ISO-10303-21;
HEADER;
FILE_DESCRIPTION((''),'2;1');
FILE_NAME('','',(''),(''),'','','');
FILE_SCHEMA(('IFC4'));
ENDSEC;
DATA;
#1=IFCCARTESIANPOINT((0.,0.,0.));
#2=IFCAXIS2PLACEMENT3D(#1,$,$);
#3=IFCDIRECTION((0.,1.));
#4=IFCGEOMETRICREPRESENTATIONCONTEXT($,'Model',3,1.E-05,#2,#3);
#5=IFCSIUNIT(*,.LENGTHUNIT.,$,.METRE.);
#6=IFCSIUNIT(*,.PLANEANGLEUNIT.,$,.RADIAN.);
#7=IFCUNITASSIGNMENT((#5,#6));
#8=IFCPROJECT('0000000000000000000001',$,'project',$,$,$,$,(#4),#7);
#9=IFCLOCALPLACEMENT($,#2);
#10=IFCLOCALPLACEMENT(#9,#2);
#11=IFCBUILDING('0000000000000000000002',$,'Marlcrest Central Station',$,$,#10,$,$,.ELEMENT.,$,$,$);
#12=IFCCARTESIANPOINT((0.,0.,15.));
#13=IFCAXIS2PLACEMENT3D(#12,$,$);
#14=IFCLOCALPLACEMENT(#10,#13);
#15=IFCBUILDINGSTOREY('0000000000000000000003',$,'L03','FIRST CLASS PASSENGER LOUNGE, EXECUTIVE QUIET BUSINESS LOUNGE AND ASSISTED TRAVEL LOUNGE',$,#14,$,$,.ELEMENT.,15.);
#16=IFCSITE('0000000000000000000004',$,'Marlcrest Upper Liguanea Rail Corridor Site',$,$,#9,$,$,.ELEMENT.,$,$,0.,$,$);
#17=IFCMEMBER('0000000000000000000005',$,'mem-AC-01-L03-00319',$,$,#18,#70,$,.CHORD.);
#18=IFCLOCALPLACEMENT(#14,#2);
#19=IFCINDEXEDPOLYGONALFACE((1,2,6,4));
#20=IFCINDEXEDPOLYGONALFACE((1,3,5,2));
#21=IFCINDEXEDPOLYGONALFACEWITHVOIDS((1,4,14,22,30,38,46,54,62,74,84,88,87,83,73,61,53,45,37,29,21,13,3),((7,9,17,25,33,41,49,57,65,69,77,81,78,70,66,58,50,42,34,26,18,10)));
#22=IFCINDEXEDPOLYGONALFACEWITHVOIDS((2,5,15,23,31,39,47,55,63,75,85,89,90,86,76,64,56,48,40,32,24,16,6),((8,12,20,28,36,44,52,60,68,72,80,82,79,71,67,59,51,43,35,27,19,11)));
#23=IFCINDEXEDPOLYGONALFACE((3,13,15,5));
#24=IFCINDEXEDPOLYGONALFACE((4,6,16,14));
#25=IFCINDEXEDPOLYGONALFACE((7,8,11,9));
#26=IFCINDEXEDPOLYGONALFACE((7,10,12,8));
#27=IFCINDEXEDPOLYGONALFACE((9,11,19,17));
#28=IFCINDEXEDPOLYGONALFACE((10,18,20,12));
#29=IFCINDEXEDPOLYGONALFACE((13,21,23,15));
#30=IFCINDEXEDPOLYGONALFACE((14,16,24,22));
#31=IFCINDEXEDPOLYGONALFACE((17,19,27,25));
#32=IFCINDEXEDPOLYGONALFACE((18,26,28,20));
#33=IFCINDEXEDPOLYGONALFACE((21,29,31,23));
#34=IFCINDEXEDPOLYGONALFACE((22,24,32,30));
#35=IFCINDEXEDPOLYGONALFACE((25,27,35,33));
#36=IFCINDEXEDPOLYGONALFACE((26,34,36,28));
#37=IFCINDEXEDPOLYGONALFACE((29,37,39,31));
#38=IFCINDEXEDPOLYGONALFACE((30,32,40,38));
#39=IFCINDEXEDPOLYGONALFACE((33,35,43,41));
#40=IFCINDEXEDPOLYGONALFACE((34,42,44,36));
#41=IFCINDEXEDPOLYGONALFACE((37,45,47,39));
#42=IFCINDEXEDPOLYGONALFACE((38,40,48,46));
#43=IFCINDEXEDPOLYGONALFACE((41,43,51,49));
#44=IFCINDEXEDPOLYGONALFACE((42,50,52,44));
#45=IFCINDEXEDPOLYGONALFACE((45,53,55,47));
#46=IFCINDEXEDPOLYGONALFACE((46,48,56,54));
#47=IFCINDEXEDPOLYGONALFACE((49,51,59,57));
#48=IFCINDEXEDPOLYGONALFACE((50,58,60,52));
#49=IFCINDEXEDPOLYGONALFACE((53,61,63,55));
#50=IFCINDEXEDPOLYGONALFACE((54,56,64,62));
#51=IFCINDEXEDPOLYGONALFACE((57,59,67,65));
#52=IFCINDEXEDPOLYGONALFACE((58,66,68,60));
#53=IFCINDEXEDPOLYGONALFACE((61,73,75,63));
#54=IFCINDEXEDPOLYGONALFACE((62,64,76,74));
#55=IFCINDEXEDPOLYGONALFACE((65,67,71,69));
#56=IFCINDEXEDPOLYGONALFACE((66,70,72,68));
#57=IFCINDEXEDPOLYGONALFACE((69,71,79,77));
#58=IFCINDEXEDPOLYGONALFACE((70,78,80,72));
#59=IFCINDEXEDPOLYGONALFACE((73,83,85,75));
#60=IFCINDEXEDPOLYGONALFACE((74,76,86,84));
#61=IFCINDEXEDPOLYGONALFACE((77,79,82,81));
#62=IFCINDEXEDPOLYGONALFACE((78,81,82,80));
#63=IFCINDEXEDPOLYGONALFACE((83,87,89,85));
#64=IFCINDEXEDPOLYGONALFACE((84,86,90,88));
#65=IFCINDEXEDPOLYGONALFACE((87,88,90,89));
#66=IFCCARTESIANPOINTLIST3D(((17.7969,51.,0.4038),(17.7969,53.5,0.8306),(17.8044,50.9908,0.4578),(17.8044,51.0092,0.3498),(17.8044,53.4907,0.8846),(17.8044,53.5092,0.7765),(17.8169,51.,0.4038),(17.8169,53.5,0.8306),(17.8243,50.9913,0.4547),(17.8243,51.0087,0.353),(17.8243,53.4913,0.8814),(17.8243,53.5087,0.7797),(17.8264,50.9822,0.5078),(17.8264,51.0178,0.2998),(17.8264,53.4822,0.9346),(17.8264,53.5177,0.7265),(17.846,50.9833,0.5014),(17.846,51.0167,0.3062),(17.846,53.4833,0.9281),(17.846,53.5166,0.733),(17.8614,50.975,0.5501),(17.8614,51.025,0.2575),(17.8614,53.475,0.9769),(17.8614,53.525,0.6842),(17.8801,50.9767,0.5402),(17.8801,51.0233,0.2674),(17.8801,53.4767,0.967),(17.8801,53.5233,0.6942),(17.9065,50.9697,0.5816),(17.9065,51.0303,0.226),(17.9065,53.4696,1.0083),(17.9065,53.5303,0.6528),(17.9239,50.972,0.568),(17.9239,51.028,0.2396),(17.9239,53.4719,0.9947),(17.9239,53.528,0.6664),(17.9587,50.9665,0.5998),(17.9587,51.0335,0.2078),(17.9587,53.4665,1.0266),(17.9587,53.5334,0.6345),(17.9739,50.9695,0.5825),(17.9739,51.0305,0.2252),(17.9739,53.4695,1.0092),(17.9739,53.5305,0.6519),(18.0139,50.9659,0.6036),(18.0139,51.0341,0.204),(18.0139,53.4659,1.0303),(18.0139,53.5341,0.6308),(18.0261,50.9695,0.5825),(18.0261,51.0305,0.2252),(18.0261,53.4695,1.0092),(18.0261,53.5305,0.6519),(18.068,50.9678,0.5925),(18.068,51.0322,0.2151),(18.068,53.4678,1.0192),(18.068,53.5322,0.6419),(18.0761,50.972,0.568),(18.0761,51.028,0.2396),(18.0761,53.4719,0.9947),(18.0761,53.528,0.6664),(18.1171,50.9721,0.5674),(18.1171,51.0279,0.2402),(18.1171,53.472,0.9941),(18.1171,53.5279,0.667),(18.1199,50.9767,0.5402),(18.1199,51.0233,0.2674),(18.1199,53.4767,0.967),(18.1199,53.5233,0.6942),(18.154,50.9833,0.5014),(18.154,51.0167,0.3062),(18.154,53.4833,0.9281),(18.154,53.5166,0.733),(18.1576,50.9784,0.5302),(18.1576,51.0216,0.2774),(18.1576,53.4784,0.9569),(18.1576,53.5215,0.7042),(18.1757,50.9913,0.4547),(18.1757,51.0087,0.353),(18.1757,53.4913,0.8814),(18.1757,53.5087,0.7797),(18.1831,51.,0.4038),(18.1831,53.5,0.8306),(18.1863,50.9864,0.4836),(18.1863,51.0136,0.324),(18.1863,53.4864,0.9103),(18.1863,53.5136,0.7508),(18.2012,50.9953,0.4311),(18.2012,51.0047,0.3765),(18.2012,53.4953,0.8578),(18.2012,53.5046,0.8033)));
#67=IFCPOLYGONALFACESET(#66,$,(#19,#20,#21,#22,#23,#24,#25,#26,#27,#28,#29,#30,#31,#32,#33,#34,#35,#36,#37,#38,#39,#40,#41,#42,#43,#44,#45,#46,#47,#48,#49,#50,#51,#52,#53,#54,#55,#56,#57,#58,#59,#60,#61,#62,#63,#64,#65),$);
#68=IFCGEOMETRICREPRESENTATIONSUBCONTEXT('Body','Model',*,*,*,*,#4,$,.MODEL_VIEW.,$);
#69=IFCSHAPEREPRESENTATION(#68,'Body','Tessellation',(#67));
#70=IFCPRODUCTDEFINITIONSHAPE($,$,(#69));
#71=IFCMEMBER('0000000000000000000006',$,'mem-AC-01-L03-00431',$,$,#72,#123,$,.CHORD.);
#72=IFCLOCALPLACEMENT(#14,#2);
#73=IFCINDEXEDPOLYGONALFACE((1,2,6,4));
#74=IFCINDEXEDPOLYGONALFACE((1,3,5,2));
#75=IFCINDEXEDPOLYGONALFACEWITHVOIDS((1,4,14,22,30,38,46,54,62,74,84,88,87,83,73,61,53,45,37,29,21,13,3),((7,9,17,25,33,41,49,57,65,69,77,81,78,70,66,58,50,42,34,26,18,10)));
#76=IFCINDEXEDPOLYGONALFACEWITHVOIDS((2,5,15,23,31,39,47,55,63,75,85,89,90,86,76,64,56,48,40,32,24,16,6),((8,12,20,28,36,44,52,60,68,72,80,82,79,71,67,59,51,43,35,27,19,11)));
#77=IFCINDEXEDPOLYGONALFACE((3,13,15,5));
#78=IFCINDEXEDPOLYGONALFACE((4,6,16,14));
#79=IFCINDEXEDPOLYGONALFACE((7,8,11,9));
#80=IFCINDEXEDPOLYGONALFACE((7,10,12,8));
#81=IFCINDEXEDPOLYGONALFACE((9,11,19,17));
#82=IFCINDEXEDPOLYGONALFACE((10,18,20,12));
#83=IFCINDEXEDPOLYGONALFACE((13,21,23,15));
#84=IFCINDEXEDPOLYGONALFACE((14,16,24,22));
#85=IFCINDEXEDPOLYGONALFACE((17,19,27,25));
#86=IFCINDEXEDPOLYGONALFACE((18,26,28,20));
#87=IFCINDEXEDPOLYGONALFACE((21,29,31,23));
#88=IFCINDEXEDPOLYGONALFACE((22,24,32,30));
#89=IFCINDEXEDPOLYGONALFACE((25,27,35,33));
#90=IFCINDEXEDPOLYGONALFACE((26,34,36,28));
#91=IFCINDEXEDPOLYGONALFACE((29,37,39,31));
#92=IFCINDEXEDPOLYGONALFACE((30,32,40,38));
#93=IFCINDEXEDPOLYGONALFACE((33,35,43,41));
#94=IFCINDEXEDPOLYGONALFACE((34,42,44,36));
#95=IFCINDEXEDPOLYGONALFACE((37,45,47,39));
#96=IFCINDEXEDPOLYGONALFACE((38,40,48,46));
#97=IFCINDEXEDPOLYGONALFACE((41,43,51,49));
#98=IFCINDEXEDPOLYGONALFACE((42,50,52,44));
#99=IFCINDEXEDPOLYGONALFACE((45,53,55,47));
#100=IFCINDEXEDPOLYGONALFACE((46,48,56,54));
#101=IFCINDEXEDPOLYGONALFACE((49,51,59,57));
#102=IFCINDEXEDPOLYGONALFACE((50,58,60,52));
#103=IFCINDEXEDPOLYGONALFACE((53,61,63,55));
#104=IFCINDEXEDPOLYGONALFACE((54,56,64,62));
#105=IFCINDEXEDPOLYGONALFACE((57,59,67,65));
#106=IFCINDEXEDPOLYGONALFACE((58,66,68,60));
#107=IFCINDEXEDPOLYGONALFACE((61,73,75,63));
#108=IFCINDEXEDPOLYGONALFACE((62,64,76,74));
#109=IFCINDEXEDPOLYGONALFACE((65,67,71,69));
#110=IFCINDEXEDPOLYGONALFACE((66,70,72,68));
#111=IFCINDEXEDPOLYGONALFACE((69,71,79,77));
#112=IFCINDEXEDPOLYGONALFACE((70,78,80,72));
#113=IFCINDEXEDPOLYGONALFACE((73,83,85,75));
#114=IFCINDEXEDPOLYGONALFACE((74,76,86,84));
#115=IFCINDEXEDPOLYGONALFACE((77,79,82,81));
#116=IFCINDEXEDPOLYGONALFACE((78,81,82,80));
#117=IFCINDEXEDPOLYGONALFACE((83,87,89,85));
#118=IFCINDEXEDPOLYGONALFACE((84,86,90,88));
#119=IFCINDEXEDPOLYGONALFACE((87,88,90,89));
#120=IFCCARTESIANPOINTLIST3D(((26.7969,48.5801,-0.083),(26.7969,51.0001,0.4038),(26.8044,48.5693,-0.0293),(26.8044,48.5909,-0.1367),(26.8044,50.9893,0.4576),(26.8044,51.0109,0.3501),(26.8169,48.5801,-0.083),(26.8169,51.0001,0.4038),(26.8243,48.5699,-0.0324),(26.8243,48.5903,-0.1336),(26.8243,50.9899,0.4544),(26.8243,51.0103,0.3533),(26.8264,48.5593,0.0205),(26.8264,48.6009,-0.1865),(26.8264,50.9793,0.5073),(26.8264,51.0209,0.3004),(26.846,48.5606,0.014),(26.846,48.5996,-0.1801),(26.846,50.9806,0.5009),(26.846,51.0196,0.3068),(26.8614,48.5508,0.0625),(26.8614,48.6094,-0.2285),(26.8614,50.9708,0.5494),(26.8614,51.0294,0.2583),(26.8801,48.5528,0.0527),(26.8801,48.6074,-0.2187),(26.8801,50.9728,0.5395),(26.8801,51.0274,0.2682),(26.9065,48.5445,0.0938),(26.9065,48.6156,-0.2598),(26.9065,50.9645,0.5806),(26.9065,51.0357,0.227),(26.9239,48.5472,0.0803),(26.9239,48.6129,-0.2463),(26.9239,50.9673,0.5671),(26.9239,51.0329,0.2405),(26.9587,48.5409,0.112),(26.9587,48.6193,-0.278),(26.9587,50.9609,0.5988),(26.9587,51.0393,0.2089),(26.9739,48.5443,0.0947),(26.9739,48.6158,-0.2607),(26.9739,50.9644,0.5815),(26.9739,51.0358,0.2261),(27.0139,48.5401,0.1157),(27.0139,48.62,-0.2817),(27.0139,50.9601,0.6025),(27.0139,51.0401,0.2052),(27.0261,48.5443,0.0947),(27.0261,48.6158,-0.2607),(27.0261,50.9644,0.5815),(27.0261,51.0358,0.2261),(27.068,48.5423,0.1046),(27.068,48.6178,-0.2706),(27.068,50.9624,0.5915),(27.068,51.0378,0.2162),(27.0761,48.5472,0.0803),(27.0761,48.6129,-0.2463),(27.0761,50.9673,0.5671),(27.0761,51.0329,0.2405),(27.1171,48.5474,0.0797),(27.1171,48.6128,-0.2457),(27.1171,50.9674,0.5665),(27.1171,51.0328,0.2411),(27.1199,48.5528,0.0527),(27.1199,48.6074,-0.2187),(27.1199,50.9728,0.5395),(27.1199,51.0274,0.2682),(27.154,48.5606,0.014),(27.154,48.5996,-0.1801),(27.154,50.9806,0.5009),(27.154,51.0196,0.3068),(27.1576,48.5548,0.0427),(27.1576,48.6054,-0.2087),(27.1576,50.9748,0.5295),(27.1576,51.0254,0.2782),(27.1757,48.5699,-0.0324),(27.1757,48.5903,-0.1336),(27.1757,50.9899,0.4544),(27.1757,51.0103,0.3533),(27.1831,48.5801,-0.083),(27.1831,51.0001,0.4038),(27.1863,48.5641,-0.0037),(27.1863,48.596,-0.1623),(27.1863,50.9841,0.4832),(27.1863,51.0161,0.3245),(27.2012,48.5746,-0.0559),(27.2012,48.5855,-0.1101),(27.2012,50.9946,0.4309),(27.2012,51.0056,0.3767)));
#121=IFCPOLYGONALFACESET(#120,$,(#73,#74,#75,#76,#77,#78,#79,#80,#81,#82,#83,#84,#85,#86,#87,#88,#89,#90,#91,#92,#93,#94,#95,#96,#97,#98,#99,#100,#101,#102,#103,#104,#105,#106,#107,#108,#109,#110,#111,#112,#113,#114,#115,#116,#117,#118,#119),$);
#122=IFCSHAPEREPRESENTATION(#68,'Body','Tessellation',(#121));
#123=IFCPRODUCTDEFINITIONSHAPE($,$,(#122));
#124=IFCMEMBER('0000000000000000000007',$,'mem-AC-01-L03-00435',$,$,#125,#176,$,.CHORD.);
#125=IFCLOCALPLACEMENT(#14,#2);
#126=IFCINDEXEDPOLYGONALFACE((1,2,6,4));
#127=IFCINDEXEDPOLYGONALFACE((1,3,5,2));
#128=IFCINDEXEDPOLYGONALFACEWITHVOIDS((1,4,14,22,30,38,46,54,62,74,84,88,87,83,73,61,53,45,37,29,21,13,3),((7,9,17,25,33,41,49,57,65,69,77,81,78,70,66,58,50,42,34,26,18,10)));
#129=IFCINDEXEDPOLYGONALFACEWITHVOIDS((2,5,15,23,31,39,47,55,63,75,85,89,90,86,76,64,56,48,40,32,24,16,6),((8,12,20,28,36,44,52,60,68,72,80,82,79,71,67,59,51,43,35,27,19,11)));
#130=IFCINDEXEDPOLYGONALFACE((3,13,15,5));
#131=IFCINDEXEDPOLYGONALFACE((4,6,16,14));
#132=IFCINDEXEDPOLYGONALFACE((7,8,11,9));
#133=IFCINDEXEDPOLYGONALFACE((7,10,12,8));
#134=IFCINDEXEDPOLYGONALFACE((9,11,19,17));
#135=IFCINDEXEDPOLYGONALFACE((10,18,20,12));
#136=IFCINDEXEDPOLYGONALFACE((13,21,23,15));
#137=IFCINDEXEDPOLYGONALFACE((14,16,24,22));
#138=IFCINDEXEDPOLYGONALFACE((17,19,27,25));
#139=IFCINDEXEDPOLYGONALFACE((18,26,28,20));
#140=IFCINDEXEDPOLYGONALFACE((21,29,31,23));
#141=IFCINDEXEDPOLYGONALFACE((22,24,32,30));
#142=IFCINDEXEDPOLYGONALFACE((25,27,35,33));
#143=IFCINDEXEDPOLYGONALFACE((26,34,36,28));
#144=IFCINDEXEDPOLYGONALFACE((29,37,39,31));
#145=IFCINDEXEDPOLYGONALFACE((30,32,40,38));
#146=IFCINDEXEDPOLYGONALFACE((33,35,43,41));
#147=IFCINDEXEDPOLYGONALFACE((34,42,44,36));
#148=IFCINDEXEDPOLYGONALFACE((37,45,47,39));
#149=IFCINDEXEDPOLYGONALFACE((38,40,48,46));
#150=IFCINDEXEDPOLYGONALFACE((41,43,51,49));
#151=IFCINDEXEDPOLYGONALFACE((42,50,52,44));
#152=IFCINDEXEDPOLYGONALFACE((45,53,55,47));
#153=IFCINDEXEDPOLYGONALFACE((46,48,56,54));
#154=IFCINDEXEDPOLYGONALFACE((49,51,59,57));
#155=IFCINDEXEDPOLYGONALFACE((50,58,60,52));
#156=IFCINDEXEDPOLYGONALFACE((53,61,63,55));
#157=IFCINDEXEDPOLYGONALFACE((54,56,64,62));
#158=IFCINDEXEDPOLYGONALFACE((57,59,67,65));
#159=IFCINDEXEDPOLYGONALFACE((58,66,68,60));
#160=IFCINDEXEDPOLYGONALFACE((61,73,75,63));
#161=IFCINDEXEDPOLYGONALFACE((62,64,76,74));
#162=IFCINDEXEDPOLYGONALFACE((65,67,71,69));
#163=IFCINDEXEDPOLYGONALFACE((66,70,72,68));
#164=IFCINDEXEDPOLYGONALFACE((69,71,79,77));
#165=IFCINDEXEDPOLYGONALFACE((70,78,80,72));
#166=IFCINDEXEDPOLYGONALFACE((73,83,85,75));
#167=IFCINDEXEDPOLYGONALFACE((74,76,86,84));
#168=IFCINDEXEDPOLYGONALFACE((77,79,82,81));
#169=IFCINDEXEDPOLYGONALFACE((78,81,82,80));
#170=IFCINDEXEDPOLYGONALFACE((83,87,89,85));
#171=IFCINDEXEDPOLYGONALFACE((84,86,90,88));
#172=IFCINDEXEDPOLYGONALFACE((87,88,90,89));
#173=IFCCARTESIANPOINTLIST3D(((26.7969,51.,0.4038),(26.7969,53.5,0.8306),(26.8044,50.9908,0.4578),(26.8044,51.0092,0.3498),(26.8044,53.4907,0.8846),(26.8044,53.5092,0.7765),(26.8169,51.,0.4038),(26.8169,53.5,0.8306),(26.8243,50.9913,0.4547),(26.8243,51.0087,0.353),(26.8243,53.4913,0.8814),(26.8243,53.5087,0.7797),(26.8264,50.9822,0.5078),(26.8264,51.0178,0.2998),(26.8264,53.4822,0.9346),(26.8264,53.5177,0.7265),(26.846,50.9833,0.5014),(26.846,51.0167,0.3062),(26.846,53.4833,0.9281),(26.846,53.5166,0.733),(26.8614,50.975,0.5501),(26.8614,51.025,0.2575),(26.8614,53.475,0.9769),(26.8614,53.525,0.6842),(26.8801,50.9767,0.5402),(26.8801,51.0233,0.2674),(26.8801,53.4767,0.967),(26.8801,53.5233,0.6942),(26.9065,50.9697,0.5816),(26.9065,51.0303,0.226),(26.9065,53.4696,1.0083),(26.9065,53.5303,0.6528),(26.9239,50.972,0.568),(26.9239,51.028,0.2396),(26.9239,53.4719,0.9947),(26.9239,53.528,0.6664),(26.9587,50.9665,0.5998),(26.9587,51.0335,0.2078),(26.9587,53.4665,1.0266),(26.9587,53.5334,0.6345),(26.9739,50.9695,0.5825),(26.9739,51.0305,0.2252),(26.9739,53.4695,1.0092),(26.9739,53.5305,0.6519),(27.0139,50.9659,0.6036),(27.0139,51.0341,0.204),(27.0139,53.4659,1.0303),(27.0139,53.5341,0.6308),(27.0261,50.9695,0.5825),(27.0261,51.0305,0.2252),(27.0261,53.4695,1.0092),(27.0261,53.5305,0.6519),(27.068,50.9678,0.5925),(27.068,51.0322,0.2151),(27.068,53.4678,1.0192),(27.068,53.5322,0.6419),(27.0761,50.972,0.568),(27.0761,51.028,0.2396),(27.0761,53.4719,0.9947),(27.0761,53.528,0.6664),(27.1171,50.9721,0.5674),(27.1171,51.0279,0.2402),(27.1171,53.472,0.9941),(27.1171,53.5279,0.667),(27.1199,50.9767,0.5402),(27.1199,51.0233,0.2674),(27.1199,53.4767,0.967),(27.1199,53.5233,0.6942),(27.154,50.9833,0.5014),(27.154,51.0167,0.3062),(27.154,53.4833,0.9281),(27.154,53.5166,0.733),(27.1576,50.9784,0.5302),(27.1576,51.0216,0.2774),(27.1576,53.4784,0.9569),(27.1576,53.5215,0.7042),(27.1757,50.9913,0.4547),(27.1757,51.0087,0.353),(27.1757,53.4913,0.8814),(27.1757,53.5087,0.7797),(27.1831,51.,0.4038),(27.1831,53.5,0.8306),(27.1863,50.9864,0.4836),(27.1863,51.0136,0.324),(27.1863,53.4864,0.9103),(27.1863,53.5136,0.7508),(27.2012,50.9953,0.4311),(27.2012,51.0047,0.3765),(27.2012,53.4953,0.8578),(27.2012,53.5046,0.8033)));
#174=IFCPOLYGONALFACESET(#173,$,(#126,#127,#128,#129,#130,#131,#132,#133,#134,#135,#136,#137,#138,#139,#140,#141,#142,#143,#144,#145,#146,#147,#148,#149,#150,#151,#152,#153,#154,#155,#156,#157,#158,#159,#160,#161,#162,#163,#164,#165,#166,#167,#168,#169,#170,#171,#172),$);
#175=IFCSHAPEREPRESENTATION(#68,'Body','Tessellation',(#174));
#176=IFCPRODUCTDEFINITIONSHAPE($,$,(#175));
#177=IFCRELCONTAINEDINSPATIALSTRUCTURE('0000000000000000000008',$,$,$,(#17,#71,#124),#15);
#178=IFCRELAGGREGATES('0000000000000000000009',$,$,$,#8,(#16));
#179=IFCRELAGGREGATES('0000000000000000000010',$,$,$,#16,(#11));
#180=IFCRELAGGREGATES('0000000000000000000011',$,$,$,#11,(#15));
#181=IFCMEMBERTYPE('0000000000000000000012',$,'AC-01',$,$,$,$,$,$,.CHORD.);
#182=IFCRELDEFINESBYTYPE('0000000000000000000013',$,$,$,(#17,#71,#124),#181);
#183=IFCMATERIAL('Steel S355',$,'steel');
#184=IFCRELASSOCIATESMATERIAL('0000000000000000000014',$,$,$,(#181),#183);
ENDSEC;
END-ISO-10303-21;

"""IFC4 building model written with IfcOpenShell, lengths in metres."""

from ifc_helpers import new_model, si_unit, direction, frame, origin, origin_2d, place, context, subcontext, project, spatial, hollow_circle, extrude, material, material_profile, profile_set, type_object, element, save


model = new_model("IFC4")

# Units and contexts
model_context = context("Model", 3, precision=1e-05, world=origin(), true_north=direction((0.0, 1.0)))
body_context = subcontext(model_context, "Body", "Model", "MODEL_VIEW")
ifc_project = project(units=[si_unit("LENGTHUNIT", "METRE"), si_unit("PLANEANGLEUNIT", "RADIAN")], contexts=[model_context])

# Site, building, storey
site_placement = place(None, origin())
site = spatial("IfcSite", under=ifc_project, at=site_placement, Name="Marlcrest Upper Liguanea Rail Corridor Site", CompositionType="ELEMENT", RefElevation=0.0)
building_placement = place(site_placement, origin())
building = spatial("IfcBuilding", under=site, at=building_placement, Name="Marlcrest Central Station", CompositionType="ELEMENT")
storey_placement = place(building_placement, frame((0.0, 0.0, 15.0)))
storey = spatial("IfcBuildingStorey", under=building, at=storey_placement, Name="L03", Description="FIRST CLASS PASSENGER LOUNGE, EXECUTIVE QUIET BUSINESS LOUNGE AND ASSISTED TRAVEL LOUNGE", CompositionType="ELEMENT", Elevation=15.0)

# Members
ifc_material_1 = material(Name="Steel S355", Category="steel")
ifc_material_profile_1 = material_profile(ifc_material_1, hollow_circle(Radius=0.2031, WallThickness=0.02, at=origin_2d()), Name="CHS 406.4x20")
ifc_profile_set_1 = profile_set([ifc_material_profile_1], Name="Steel S355")
member_type_1 = type_object("IfcMemberType", Name="AC-01", PredefinedType="CHORD", material=ifc_profile_set_1)
member_1_placement = place(storey_placement, frame((18.0, 51.0, 0.4038), z_axis=(0.0, 0.985741, 0.168269), x_axis=(-1.0, 0.0, 0.0)))
element("IfcMember", 1, at=member_1_placement, inside=storey, type_object=member_type_1, Name="mem-AC-01-L03-00319", PredefinedType="CHORD", context=body_context, shape_type="SweptSolid", body=[
    extrude(hollow_circle(Radius=0.2031, WallThickness=0.02, at=origin_2d()), origin(), (0.0, 0.0, 1.0), 2.5361),
])
member_2_placement = place(storey_placement, frame((27.0, 48.5801, -0.083), z_axis=(0.0, 0.980359, 0.197219), x_axis=(-1.0, 0.0, 0.0)))
element("IfcMember", 2, at=member_2_placement, inside=storey, type_object=member_type_1, Name="mem-AC-01-L03-00431", PredefinedType="CHORD", context=body_context, shape_type="SweptSolid", body=[
    extrude(hollow_circle(Radius=0.2031, WallThickness=0.02, at=origin_2d()), origin(), (0.0, 0.0, 1.0), 2.4685),
])
member_3_placement = place(storey_placement, frame((27.0, 51.0, 0.4038), z_axis=(0.0, 0.985741, 0.168269), x_axis=(-1.0, 0.0, 0.0)))
element("IfcMember", 3, at=member_3_placement, inside=storey, type_object=member_type_1, Name="mem-AC-01-L03-00435", PredefinedType="CHORD", context=body_context, shape_type="SweptSolid", body=[
    extrude(hollow_circle(Radius=0.2031, WallThickness=0.02, at=origin_2d()), origin(), (0.0, 0.0, 1.0), 2.5361),
])

save(model, "model.ifc")
